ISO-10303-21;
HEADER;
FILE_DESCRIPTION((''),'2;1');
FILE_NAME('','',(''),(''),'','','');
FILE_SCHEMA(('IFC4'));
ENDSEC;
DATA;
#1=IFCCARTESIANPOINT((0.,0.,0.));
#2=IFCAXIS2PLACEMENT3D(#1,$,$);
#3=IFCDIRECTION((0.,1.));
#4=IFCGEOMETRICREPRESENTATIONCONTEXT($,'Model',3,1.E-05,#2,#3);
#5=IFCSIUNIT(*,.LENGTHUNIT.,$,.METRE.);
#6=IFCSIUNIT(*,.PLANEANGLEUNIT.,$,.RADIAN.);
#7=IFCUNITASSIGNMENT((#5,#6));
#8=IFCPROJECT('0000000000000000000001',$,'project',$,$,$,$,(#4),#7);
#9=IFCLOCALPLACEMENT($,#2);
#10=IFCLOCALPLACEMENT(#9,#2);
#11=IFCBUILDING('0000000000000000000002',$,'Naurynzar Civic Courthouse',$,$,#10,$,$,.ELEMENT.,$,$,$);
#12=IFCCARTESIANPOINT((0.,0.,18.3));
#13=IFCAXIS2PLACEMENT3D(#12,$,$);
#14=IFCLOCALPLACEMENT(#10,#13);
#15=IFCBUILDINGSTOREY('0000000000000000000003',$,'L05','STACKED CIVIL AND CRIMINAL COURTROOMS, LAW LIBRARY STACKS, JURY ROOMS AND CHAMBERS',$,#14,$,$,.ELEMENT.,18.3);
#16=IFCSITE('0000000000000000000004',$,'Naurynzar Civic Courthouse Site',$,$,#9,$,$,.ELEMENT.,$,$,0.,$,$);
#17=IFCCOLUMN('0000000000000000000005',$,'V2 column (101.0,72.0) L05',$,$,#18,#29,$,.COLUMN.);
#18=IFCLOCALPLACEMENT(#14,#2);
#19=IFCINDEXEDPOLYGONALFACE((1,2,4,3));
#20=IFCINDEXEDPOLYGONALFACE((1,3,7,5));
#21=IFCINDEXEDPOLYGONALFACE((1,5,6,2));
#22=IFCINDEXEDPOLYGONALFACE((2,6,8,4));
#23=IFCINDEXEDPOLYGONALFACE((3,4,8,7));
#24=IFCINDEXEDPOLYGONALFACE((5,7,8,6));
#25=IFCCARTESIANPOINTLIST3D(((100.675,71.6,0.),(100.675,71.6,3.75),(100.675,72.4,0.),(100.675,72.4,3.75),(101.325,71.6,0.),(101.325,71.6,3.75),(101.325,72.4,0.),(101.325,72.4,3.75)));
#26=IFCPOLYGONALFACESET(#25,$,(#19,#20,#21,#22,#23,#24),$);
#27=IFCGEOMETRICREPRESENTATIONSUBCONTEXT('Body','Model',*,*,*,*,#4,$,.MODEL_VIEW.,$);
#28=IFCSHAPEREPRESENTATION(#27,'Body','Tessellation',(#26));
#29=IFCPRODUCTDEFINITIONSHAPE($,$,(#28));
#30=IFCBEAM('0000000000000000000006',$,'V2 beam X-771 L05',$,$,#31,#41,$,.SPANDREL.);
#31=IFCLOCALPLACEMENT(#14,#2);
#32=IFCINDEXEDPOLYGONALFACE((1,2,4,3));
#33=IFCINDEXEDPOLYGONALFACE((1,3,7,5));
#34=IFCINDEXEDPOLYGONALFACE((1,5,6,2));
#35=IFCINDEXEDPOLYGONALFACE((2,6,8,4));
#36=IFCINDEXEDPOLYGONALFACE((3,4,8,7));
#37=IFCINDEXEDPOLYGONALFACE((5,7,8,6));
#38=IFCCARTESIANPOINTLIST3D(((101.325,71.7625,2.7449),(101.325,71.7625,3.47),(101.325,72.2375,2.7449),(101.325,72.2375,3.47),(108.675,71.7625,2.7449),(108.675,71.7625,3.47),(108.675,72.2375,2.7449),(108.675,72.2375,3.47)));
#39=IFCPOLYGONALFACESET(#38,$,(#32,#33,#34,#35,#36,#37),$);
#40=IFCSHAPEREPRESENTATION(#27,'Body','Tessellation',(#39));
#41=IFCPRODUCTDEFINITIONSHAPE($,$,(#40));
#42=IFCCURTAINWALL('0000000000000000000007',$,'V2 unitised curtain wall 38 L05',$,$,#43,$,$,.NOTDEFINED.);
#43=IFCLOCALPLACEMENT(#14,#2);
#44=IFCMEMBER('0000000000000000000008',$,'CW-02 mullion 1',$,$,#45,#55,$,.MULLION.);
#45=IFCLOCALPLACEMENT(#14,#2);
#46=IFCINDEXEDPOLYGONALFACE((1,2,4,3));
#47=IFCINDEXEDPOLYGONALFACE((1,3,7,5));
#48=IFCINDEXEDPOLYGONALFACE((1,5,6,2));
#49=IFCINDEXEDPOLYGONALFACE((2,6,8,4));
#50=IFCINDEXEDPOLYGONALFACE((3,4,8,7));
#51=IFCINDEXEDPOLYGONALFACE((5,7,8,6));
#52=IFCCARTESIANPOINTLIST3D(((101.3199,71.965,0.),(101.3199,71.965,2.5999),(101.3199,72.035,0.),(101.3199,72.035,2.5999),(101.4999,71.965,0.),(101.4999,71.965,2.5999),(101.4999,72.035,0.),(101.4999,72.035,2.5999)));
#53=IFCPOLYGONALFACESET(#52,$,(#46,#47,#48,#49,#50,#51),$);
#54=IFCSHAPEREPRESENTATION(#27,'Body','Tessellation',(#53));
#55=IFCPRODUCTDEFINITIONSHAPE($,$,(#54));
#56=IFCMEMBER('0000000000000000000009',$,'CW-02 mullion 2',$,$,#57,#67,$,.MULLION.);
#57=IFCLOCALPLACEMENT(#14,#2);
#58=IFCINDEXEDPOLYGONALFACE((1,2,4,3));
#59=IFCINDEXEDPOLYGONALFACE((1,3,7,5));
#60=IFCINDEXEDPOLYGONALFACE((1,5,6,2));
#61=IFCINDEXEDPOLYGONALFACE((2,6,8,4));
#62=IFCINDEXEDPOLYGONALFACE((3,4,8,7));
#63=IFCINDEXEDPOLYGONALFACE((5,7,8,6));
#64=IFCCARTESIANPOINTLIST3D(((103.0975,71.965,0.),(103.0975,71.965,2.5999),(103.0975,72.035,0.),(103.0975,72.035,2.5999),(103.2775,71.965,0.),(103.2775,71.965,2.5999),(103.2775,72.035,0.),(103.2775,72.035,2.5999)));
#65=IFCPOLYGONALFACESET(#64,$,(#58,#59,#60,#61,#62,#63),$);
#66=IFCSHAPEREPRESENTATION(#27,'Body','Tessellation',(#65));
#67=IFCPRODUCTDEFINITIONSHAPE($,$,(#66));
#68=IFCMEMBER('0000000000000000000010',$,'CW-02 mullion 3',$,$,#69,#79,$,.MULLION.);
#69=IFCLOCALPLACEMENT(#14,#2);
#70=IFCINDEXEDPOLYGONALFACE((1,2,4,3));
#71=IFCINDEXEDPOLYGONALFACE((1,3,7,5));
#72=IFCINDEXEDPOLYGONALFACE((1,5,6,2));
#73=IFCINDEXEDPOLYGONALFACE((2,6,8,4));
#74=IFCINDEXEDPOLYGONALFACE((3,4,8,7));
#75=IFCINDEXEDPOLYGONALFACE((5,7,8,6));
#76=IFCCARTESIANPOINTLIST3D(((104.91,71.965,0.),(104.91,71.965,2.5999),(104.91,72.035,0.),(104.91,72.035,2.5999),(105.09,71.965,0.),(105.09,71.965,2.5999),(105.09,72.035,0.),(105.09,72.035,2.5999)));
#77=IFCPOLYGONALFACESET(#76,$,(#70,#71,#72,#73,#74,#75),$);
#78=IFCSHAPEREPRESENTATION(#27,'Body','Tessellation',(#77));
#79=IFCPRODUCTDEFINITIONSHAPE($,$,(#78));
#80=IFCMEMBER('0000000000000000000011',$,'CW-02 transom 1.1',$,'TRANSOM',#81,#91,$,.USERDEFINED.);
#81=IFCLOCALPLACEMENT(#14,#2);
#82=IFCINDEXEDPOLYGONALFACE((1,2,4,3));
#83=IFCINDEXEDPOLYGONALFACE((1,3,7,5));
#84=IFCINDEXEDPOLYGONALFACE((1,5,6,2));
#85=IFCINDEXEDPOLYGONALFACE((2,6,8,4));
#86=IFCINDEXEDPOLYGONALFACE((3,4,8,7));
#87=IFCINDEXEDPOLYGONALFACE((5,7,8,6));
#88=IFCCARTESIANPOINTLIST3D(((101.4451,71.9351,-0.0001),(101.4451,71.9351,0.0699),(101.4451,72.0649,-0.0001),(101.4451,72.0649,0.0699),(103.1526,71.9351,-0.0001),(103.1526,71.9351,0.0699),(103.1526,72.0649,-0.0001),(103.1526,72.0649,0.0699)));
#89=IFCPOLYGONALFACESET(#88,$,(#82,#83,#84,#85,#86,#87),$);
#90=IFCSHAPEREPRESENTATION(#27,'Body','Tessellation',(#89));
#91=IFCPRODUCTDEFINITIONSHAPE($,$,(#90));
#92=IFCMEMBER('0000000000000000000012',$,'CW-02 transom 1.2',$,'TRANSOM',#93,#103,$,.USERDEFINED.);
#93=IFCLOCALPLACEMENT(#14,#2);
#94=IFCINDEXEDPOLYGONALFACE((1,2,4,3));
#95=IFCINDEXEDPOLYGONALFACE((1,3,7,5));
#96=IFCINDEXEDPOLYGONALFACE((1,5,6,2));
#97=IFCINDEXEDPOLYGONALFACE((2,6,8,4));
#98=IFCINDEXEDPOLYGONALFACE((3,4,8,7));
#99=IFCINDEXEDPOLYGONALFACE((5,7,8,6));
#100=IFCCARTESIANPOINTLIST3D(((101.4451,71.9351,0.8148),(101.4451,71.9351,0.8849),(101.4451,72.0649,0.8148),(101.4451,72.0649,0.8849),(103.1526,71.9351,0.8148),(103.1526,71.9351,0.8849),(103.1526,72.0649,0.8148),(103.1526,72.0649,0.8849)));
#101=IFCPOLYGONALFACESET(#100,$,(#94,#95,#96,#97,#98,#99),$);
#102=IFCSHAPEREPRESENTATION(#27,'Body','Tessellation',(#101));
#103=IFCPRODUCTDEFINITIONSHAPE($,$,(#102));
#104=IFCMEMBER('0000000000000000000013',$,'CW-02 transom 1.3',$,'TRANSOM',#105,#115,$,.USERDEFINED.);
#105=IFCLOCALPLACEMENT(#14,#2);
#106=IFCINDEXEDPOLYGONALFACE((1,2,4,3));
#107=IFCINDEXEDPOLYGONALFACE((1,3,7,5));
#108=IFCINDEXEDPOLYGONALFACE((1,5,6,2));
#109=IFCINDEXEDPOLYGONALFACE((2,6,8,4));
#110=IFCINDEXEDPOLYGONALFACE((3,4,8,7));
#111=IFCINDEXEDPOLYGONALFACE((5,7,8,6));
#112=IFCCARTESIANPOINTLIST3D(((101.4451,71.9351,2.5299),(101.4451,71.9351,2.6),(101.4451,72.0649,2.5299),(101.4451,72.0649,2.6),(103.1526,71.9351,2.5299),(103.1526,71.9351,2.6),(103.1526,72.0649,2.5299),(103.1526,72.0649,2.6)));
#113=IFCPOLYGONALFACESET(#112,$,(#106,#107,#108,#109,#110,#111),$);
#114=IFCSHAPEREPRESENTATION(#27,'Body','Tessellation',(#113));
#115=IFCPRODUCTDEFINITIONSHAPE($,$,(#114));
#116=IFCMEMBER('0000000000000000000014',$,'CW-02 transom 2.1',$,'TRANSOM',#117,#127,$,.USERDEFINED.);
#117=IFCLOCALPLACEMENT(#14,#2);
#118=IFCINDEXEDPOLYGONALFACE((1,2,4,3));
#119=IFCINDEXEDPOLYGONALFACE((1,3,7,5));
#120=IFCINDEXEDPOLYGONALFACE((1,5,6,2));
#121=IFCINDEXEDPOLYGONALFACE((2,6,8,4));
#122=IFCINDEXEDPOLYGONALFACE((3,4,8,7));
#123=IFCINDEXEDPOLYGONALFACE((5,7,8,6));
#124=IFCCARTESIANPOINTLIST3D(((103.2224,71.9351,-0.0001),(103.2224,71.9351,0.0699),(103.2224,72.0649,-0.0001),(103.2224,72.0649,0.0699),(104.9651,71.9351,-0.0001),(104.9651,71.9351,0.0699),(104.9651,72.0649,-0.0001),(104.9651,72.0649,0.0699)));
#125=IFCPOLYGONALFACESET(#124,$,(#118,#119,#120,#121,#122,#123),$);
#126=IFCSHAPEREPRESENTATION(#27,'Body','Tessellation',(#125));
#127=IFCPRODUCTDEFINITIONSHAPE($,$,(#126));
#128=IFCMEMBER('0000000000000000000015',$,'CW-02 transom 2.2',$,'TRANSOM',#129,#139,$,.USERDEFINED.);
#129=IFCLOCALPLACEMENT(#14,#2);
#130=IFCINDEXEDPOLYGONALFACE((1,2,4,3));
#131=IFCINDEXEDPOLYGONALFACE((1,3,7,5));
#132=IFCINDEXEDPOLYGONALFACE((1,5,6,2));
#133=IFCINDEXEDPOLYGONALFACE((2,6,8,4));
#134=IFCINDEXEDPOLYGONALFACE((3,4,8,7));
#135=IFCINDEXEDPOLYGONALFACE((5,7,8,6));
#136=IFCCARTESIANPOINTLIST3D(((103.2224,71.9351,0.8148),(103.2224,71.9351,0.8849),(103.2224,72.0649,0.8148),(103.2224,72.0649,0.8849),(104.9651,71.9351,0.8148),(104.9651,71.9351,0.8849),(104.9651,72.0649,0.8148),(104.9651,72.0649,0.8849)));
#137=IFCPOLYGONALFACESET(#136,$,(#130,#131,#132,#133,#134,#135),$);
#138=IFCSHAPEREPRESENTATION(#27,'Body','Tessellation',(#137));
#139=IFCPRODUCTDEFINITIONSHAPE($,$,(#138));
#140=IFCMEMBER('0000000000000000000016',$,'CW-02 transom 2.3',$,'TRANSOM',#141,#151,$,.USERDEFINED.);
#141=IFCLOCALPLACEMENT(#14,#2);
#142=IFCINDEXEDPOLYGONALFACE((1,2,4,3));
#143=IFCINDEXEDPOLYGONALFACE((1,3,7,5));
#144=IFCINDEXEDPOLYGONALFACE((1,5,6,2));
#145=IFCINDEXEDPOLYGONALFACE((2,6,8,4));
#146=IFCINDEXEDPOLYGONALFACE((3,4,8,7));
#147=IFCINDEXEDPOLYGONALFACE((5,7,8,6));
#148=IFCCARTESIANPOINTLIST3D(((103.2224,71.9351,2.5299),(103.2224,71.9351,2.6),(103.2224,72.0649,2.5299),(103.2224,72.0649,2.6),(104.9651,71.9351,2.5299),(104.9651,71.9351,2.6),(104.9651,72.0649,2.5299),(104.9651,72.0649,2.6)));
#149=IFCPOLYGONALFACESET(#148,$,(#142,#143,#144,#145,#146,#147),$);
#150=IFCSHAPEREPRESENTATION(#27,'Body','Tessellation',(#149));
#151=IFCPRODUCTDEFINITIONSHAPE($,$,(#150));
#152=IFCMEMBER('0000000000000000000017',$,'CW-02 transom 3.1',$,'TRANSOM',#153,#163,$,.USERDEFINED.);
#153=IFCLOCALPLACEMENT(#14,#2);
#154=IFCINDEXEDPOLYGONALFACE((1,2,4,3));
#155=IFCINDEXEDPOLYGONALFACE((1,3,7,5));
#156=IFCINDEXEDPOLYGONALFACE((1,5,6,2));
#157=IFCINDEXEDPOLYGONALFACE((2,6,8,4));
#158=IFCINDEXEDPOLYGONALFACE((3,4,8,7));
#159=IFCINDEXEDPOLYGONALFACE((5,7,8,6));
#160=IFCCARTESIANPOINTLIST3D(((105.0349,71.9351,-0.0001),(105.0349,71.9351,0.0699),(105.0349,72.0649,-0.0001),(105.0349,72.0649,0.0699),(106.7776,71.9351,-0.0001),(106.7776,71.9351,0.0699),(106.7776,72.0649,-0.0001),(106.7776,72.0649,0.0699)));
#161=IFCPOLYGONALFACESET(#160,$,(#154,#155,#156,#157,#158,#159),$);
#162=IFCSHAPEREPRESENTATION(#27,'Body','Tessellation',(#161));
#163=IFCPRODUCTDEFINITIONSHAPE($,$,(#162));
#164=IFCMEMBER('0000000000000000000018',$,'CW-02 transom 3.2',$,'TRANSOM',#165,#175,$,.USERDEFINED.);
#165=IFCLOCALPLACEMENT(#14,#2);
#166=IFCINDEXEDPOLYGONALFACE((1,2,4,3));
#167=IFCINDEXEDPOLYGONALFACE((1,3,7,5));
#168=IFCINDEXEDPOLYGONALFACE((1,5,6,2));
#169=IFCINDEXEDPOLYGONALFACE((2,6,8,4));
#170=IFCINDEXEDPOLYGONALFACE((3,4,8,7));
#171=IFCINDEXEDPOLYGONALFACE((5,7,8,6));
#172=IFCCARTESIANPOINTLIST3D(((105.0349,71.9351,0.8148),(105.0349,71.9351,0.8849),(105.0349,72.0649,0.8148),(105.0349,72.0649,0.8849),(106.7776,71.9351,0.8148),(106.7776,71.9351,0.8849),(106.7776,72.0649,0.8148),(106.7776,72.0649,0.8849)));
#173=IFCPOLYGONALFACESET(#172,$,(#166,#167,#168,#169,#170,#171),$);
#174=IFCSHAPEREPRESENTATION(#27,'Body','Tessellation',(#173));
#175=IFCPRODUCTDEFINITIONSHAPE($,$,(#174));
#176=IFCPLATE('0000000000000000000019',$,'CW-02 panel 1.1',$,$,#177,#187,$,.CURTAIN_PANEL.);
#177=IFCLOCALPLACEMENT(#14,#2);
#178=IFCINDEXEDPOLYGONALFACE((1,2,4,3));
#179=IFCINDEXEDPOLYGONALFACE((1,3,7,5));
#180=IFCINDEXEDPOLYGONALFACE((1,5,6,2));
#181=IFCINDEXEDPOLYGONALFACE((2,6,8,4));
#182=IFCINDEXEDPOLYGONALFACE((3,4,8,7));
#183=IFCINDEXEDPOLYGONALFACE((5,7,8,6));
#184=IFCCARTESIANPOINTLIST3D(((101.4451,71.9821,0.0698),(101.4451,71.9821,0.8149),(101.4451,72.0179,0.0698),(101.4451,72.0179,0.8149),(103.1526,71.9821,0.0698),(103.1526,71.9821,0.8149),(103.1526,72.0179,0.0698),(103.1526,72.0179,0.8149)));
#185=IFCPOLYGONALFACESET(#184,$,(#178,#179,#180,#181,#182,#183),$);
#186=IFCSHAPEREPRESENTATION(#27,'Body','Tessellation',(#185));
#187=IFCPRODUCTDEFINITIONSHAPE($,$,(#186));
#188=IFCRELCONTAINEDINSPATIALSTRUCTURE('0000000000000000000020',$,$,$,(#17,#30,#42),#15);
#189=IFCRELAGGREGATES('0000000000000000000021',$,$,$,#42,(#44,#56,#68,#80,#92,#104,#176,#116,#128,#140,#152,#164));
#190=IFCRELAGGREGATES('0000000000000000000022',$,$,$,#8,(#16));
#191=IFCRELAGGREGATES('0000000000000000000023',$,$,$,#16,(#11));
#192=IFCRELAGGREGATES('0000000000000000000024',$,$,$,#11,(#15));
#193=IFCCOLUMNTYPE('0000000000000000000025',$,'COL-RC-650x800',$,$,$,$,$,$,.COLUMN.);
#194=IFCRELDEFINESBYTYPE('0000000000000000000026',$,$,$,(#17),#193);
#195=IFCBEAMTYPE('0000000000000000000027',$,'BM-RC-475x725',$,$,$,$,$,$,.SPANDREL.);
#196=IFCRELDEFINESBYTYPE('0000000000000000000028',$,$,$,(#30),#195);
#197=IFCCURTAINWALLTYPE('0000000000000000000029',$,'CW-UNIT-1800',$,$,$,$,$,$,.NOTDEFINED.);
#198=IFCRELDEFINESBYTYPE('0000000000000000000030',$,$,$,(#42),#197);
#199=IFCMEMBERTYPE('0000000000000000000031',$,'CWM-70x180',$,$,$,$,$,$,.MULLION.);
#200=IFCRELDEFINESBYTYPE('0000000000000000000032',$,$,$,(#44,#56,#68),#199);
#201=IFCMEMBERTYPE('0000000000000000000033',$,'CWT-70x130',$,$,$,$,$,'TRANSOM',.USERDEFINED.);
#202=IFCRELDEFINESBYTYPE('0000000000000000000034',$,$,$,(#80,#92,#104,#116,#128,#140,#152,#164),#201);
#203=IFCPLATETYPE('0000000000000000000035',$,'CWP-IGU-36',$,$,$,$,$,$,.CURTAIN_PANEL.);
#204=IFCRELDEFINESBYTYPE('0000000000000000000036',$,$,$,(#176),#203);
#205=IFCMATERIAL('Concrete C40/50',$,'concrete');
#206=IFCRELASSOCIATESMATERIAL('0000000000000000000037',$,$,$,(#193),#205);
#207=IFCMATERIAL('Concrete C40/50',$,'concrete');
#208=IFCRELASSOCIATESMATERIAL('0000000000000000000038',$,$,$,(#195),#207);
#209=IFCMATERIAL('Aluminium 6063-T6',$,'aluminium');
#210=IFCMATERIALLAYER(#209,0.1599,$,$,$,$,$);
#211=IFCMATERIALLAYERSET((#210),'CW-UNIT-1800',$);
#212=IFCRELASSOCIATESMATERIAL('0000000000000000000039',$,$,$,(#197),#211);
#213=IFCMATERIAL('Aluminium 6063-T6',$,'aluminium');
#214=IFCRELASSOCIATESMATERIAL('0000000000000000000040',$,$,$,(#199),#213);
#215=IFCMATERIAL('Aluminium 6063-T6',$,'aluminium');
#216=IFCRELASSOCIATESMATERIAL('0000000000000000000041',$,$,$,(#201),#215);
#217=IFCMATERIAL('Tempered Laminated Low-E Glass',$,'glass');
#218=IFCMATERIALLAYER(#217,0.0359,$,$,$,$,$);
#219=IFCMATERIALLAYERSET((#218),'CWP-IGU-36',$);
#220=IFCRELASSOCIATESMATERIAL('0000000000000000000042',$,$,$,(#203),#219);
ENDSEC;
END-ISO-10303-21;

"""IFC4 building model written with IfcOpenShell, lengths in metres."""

from ifc_helpers import new_model, si_unit, direction, frame, origin, origin_2d, place, context, subcontext, project, spatial, rectangle, extrude, material, layer, layer_set, material_profile, profile_set, type_object, element, aggregate, save


model = new_model("IFC4")

# Units and contexts
model_context = context("Model", 3, precision=1e-05, world=origin(), true_north=direction((0.0, 1.0)))
body_context = subcontext(model_context, "Body", "Model", "MODEL_VIEW")
ifc_project = project(units=[si_unit("LENGTHUNIT", "METRE"), si_unit("PLANEANGLEUNIT", "RADIAN")], contexts=[model_context])

# Site, building, storey
site_placement = place(None, origin())
site = spatial("IfcSite", under=ifc_project, at=site_placement, Name="Naurynzar Civic Courthouse Site", CompositionType="ELEMENT", RefElevation=0.0)
building_placement = place(site_placement, origin())
building = spatial("IfcBuilding", under=site, at=building_placement, Name="Naurynzar Civic Courthouse", CompositionType="ELEMENT")
storey_placement = place(building_placement, frame((0.0, 0.0, 18.3)))
storey = spatial("IfcBuildingStorey", under=building, at=storey_placement, Name="L05", Description="STACKED CIVIL AND CRIMINAL COURTROOMS, LAW LIBRARY STACKS, JURY ROOMS AND CHAMBERS", CompositionType="ELEMENT", Elevation=18.3)

# Column
ifc_material_1 = material(Name="Concrete C40/50", Category="concrete")
ifc_material_profile_1 = material_profile(ifc_material_1, rectangle(XDim=0.6499, YDim=0.8, at=origin_2d()), Name="RC 650x800")
ifc_profile_set_1 = profile_set([ifc_material_profile_1], Name="Concrete C40/50")
column_type = type_object("IfcColumnType", Name="COL-RC-650x800", PredefinedType="COLUMN", material=ifc_profile_set_1)
column_placement = place(storey_placement, frame((101.0, 72.0, 0.0), z_axis=(0.0, 0.0, 1.0), x_axis=(1.0, 0.0, 0.0)))
element("IfcColumn", 1, at=column_placement, inside=storey, type_object=column_type, Name="V2 column (101.0,72.0) L05", PredefinedType="COLUMN", context=body_context, shape_type="SweptSolid", body=[
    extrude(rectangle(XDim=0.6499, YDim=0.8, at=origin_2d()), origin(), (0.0, 0.0, 1.0), 3.75),
])

# Beam
ifc_material_2 = material(Name="Concrete C40/50", Category="concrete")
ifc_material_profile_2 = material_profile(ifc_material_2, rectangle(XDim=0.4751, YDim=0.7251, at=origin_2d()), Name="RCB 475x725")
ifc_profile_set_2 = profile_set([ifc_material_profile_2], Name="Concrete C40/50")
beam_type = type_object("IfcBeamType", Name="BM-RC-475x725", PredefinedType="SPANDREL", material=ifc_profile_set_2)
beam_placement = place(storey_placement, frame((101.325, 72.0, 3.1074), z_axis=(1.0, 0.0, 0.0), x_axis=(0.0, 1.0, 0.0)))
element("IfcBeam", 2, at=beam_placement, inside=storey, type_object=beam_type, Name="V2 beam X-771 L05", PredefinedType="SPANDREL", context=body_context, shape_type="SweptSolid", body=[
    extrude(rectangle(XDim=0.4751, YDim=0.7251, at=origin_2d()), origin(), (0.0, 0.0, 1.0), 7.3501),
])

# Curtain wall, members, plate
ifc_material_3 = material(Name="Aluminium 6063-T6", Category="aluminium")
ifc_layer_1 = layer(ifc_material_3, 0.1599)
ifc_layer_set_1 = layer_set([ifc_layer_1], Name="CW-UNIT-1800")
curtain_wall_type = type_object("IfcCurtainWallType", Name="CW-UNIT-1800", PredefinedType="NOTDEFINED", material=ifc_layer_set_1)
curtain_wall_placement = place(storey_placement, origin())
curtain_wall = element("IfcCurtainWall", 3, at=curtain_wall_placement, inside=storey, type_object=curtain_wall_type, Name="V2 unitised curtain wall 38 L05", PredefinedType="NOTDEFINED")
ifc_material_4 = material(Name="Aluminium 6063-T6", Category="aluminium")
ifc_material_profile_3 = material_profile(ifc_material_4, rectangle(XDim=0.0701, YDim=0.1799, at=origin_2d()), Name="ALU MULLION 70x180")
ifc_profile_set_3 = profile_set([ifc_material_profile_3], Name="Aluminium 6063-T6")
member_type_1 = type_object("IfcMemberType", Name="CWM-70x180", PredefinedType="MULLION", material=ifc_profile_set_3)
member_1_placement = place(storey_placement, frame((101.4099, 72.0, 0.0), z_axis=(0.0, 0.0, 1.0), x_axis=(0.0, 1.0, 0.0)))
member_1 = element("IfcMember", 4, at=member_1_placement, type_object=member_type_1, Name="CW-02 mullion 1", PredefinedType="MULLION", context=body_context, shape_type="SweptSolid", body=[
    extrude(rectangle(XDim=0.0701, YDim=0.1799, at=origin_2d()), origin(), (0.0, 0.0, 1.0), 2.5999),
])
member_2_placement = place(storey_placement, frame((103.1875, 72.0, 0.0), z_axis=(0.0, 0.0, 1.0), x_axis=(0.0, 1.0, 0.0)))
member_2 = element("IfcMember", 5, at=member_2_placement, type_object=member_type_1, Name="CW-02 mullion 2", PredefinedType="MULLION", context=body_context, shape_type="SweptSolid", body=[
    extrude(rectangle(XDim=0.0701, YDim=0.1799, at=origin_2d()), origin(), (0.0, 0.0, 1.0), 2.5999),
])
member_3_placement = place(storey_placement, frame((105.0, 72.0, 0.0), z_axis=(0.0, 0.0, 1.0), x_axis=(0.0, 1.0, 0.0)))
member_3 = element("IfcMember", 6, at=member_3_placement, type_object=member_type_1, Name="CW-02 mullion 3", PredefinedType="MULLION", context=body_context, shape_type="SweptSolid", body=[
    extrude(rectangle(XDim=0.0701, YDim=0.1799, at=origin_2d()), origin(), (0.0, 0.0, 1.0), 2.5999),
])
ifc_material_5 = material(Name="Aluminium 6063-T6", Category="aluminium")
ifc_material_profile_4 = material_profile(ifc_material_5, rectangle(XDim=0.1299, YDim=0.0701, at=origin_2d()), Name="ALU TRANSOM 70x130")
ifc_profile_set_4 = profile_set([ifc_material_profile_4], Name="Aluminium 6063-T6")
member_type_2 = type_object("IfcMemberType", Name="CWT-70x130", ElementType="TRANSOM", PredefinedType="USERDEFINED", material=ifc_profile_set_4)
member_4_placement = place(storey_placement, frame((101.4451, 72.0, 0.0349), z_axis=(1.0, 0.0, 0.0), x_axis=(0.0, 1.0, 0.0)))
member_4 = element("IfcMember", 7, at=member_4_placement, type_object=member_type_2, Name="CW-02 transom 1.1", ObjectType="TRANSOM", PredefinedType="USERDEFINED", context=body_context, shape_type="SweptSolid", body=[
    extrude(rectangle(XDim=0.1299, YDim=0.0701, at=origin_2d()), origin(), (0.0, 0.0, 1.0), 1.7075),
])
member_5_placement = place(storey_placement, frame((101.4451, 72.0, 0.8499), z_axis=(1.0, 0.0, 0.0), x_axis=(0.0, 1.0, 0.0)))
member_5 = element("IfcMember", 8, at=member_5_placement, type_object=member_type_2, Name="CW-02 transom 1.2", ObjectType="TRANSOM", PredefinedType="USERDEFINED", context=body_context, shape_type="SweptSolid", body=[
    extrude(rectangle(XDim=0.1299, YDim=0.0701, at=origin_2d()), origin(), (0.0, 0.0, 1.0), 1.7075),
])
member_6_placement = place(storey_placement, frame((101.4451, 72.0, 2.5649), z_axis=(1.0, 0.0, 0.0), x_axis=(0.0, 1.0, 0.0)))
member_6 = element("IfcMember", 9, at=member_6_placement, type_object=member_type_2, Name="CW-02 transom 1.3", ObjectType="TRANSOM", PredefinedType="USERDEFINED", context=body_context, shape_type="SweptSolid", body=[
    extrude(rectangle(XDim=0.1299, YDim=0.0701, at=origin_2d()), origin(), (0.0, 0.0, 1.0), 1.7075),
])
member_7_placement = place(storey_placement, frame((103.2224, 72.0, 0.0349), z_axis=(1.0, 0.0, 0.0), x_axis=(0.0, 1.0, 0.0)))
member_7 = element("IfcMember", 10, at=member_7_placement, type_object=member_type_2, Name="CW-02 transom 2.1", ObjectType="TRANSOM", PredefinedType="USERDEFINED", context=body_context, shape_type="SweptSolid", body=[
    extrude(rectangle(XDim=0.1299, YDim=0.0701, at=origin_2d()), origin(), (0.0, 0.0, 1.0), 1.7427),
])
member_8_placement = place(storey_placement, frame((103.2224, 72.0, 0.8499), z_axis=(1.0, 0.0, 0.0), x_axis=(0.0, 1.0, 0.0)))
member_8 = element("IfcMember", 11, at=member_8_placement, type_object=member_type_2, Name="CW-02 transom 2.2", ObjectType="TRANSOM", PredefinedType="USERDEFINED", context=body_context, shape_type="SweptSolid", body=[
    extrude(rectangle(XDim=0.1299, YDim=0.0701, at=origin_2d()), origin(), (0.0, 0.0, 1.0), 1.7427),
])
member_9_placement = place(storey_placement, frame((103.2224, 72.0, 2.5649), z_axis=(1.0, 0.0, 0.0), x_axis=(0.0, 1.0, 0.0)))
member_9 = element("IfcMember", 12, at=member_9_placement, type_object=member_type_2, Name="CW-02 transom 2.3", ObjectType="TRANSOM", PredefinedType="USERDEFINED", context=body_context, shape_type="SweptSolid", body=[
    extrude(rectangle(XDim=0.1299, YDim=0.0701, at=origin_2d()), origin(), (0.0, 0.0, 1.0), 1.7427),
])
member_10_placement = place(storey_placement, frame((105.0349, 72.0, 0.0349), z_axis=(1.0, 0.0, 0.0), x_axis=(0.0, 1.0, 0.0)))
member_10 = element("IfcMember", 13, at=member_10_placement, type_object=member_type_2, Name="CW-02 transom 3.1", ObjectType="TRANSOM", PredefinedType="USERDEFINED", context=body_context, shape_type="SweptSolid", body=[
    extrude(rectangle(XDim=0.1299, YDim=0.0701, at=origin_2d()), origin(), (0.0, 0.0, 1.0), 1.7427),
])
member_11_placement = place(storey_placement, frame((105.0349, 72.0, 0.8499), z_axis=(1.0, 0.0, 0.0), x_axis=(0.0, 1.0, 0.0)))
member_11 = element("IfcMember", 14, at=member_11_placement, type_object=member_type_2, Name="CW-02 transom 3.2", ObjectType="TRANSOM", PredefinedType="USERDEFINED", context=body_context, shape_type="SweptSolid", body=[
    extrude(rectangle(XDim=0.1299, YDim=0.0701, at=origin_2d()), origin(), (0.0, 0.0, 1.0), 1.7427),
])
ifc_material_6 = material(Name="Tempered Laminated Low-E Glass", Category="glass")
ifc_layer_2 = layer(ifc_material_6, 0.0359)
ifc_layer_set_2 = layer_set([ifc_layer_2], Name="CWP-IGU-36")
plate_type = type_object("IfcPlateType", Name="CWP-IGU-36", PredefinedType="CURTAIN_PANEL", material=ifc_layer_set_2)
plate_1_placement = place(storey_placement, frame((102.2988, 72.0, 0.0698), z_axis=(0.0, 0.0, 1.0), x_axis=(1.0, 0.0, 0.0)))
plate_1 = element("IfcPlate", 15, at=plate_1_placement, type_object=plate_type, Name="CW-02 panel 1.1", PredefinedType="CURTAIN_PANEL", context=body_context, shape_type="SweptSolid", body=[
    extrude(rectangle(XDim=1.7075, YDim=0.0359, at=origin_2d()), origin(), (0.0, 0.0, 1.0), 0.7451),
])
aggregate(curtain_wall, [member_1, member_2, member_3, member_4, member_5, member_6, plate_1, member_7, member_8, member_9, member_10, member_11])

save(model, "model.ifc")
